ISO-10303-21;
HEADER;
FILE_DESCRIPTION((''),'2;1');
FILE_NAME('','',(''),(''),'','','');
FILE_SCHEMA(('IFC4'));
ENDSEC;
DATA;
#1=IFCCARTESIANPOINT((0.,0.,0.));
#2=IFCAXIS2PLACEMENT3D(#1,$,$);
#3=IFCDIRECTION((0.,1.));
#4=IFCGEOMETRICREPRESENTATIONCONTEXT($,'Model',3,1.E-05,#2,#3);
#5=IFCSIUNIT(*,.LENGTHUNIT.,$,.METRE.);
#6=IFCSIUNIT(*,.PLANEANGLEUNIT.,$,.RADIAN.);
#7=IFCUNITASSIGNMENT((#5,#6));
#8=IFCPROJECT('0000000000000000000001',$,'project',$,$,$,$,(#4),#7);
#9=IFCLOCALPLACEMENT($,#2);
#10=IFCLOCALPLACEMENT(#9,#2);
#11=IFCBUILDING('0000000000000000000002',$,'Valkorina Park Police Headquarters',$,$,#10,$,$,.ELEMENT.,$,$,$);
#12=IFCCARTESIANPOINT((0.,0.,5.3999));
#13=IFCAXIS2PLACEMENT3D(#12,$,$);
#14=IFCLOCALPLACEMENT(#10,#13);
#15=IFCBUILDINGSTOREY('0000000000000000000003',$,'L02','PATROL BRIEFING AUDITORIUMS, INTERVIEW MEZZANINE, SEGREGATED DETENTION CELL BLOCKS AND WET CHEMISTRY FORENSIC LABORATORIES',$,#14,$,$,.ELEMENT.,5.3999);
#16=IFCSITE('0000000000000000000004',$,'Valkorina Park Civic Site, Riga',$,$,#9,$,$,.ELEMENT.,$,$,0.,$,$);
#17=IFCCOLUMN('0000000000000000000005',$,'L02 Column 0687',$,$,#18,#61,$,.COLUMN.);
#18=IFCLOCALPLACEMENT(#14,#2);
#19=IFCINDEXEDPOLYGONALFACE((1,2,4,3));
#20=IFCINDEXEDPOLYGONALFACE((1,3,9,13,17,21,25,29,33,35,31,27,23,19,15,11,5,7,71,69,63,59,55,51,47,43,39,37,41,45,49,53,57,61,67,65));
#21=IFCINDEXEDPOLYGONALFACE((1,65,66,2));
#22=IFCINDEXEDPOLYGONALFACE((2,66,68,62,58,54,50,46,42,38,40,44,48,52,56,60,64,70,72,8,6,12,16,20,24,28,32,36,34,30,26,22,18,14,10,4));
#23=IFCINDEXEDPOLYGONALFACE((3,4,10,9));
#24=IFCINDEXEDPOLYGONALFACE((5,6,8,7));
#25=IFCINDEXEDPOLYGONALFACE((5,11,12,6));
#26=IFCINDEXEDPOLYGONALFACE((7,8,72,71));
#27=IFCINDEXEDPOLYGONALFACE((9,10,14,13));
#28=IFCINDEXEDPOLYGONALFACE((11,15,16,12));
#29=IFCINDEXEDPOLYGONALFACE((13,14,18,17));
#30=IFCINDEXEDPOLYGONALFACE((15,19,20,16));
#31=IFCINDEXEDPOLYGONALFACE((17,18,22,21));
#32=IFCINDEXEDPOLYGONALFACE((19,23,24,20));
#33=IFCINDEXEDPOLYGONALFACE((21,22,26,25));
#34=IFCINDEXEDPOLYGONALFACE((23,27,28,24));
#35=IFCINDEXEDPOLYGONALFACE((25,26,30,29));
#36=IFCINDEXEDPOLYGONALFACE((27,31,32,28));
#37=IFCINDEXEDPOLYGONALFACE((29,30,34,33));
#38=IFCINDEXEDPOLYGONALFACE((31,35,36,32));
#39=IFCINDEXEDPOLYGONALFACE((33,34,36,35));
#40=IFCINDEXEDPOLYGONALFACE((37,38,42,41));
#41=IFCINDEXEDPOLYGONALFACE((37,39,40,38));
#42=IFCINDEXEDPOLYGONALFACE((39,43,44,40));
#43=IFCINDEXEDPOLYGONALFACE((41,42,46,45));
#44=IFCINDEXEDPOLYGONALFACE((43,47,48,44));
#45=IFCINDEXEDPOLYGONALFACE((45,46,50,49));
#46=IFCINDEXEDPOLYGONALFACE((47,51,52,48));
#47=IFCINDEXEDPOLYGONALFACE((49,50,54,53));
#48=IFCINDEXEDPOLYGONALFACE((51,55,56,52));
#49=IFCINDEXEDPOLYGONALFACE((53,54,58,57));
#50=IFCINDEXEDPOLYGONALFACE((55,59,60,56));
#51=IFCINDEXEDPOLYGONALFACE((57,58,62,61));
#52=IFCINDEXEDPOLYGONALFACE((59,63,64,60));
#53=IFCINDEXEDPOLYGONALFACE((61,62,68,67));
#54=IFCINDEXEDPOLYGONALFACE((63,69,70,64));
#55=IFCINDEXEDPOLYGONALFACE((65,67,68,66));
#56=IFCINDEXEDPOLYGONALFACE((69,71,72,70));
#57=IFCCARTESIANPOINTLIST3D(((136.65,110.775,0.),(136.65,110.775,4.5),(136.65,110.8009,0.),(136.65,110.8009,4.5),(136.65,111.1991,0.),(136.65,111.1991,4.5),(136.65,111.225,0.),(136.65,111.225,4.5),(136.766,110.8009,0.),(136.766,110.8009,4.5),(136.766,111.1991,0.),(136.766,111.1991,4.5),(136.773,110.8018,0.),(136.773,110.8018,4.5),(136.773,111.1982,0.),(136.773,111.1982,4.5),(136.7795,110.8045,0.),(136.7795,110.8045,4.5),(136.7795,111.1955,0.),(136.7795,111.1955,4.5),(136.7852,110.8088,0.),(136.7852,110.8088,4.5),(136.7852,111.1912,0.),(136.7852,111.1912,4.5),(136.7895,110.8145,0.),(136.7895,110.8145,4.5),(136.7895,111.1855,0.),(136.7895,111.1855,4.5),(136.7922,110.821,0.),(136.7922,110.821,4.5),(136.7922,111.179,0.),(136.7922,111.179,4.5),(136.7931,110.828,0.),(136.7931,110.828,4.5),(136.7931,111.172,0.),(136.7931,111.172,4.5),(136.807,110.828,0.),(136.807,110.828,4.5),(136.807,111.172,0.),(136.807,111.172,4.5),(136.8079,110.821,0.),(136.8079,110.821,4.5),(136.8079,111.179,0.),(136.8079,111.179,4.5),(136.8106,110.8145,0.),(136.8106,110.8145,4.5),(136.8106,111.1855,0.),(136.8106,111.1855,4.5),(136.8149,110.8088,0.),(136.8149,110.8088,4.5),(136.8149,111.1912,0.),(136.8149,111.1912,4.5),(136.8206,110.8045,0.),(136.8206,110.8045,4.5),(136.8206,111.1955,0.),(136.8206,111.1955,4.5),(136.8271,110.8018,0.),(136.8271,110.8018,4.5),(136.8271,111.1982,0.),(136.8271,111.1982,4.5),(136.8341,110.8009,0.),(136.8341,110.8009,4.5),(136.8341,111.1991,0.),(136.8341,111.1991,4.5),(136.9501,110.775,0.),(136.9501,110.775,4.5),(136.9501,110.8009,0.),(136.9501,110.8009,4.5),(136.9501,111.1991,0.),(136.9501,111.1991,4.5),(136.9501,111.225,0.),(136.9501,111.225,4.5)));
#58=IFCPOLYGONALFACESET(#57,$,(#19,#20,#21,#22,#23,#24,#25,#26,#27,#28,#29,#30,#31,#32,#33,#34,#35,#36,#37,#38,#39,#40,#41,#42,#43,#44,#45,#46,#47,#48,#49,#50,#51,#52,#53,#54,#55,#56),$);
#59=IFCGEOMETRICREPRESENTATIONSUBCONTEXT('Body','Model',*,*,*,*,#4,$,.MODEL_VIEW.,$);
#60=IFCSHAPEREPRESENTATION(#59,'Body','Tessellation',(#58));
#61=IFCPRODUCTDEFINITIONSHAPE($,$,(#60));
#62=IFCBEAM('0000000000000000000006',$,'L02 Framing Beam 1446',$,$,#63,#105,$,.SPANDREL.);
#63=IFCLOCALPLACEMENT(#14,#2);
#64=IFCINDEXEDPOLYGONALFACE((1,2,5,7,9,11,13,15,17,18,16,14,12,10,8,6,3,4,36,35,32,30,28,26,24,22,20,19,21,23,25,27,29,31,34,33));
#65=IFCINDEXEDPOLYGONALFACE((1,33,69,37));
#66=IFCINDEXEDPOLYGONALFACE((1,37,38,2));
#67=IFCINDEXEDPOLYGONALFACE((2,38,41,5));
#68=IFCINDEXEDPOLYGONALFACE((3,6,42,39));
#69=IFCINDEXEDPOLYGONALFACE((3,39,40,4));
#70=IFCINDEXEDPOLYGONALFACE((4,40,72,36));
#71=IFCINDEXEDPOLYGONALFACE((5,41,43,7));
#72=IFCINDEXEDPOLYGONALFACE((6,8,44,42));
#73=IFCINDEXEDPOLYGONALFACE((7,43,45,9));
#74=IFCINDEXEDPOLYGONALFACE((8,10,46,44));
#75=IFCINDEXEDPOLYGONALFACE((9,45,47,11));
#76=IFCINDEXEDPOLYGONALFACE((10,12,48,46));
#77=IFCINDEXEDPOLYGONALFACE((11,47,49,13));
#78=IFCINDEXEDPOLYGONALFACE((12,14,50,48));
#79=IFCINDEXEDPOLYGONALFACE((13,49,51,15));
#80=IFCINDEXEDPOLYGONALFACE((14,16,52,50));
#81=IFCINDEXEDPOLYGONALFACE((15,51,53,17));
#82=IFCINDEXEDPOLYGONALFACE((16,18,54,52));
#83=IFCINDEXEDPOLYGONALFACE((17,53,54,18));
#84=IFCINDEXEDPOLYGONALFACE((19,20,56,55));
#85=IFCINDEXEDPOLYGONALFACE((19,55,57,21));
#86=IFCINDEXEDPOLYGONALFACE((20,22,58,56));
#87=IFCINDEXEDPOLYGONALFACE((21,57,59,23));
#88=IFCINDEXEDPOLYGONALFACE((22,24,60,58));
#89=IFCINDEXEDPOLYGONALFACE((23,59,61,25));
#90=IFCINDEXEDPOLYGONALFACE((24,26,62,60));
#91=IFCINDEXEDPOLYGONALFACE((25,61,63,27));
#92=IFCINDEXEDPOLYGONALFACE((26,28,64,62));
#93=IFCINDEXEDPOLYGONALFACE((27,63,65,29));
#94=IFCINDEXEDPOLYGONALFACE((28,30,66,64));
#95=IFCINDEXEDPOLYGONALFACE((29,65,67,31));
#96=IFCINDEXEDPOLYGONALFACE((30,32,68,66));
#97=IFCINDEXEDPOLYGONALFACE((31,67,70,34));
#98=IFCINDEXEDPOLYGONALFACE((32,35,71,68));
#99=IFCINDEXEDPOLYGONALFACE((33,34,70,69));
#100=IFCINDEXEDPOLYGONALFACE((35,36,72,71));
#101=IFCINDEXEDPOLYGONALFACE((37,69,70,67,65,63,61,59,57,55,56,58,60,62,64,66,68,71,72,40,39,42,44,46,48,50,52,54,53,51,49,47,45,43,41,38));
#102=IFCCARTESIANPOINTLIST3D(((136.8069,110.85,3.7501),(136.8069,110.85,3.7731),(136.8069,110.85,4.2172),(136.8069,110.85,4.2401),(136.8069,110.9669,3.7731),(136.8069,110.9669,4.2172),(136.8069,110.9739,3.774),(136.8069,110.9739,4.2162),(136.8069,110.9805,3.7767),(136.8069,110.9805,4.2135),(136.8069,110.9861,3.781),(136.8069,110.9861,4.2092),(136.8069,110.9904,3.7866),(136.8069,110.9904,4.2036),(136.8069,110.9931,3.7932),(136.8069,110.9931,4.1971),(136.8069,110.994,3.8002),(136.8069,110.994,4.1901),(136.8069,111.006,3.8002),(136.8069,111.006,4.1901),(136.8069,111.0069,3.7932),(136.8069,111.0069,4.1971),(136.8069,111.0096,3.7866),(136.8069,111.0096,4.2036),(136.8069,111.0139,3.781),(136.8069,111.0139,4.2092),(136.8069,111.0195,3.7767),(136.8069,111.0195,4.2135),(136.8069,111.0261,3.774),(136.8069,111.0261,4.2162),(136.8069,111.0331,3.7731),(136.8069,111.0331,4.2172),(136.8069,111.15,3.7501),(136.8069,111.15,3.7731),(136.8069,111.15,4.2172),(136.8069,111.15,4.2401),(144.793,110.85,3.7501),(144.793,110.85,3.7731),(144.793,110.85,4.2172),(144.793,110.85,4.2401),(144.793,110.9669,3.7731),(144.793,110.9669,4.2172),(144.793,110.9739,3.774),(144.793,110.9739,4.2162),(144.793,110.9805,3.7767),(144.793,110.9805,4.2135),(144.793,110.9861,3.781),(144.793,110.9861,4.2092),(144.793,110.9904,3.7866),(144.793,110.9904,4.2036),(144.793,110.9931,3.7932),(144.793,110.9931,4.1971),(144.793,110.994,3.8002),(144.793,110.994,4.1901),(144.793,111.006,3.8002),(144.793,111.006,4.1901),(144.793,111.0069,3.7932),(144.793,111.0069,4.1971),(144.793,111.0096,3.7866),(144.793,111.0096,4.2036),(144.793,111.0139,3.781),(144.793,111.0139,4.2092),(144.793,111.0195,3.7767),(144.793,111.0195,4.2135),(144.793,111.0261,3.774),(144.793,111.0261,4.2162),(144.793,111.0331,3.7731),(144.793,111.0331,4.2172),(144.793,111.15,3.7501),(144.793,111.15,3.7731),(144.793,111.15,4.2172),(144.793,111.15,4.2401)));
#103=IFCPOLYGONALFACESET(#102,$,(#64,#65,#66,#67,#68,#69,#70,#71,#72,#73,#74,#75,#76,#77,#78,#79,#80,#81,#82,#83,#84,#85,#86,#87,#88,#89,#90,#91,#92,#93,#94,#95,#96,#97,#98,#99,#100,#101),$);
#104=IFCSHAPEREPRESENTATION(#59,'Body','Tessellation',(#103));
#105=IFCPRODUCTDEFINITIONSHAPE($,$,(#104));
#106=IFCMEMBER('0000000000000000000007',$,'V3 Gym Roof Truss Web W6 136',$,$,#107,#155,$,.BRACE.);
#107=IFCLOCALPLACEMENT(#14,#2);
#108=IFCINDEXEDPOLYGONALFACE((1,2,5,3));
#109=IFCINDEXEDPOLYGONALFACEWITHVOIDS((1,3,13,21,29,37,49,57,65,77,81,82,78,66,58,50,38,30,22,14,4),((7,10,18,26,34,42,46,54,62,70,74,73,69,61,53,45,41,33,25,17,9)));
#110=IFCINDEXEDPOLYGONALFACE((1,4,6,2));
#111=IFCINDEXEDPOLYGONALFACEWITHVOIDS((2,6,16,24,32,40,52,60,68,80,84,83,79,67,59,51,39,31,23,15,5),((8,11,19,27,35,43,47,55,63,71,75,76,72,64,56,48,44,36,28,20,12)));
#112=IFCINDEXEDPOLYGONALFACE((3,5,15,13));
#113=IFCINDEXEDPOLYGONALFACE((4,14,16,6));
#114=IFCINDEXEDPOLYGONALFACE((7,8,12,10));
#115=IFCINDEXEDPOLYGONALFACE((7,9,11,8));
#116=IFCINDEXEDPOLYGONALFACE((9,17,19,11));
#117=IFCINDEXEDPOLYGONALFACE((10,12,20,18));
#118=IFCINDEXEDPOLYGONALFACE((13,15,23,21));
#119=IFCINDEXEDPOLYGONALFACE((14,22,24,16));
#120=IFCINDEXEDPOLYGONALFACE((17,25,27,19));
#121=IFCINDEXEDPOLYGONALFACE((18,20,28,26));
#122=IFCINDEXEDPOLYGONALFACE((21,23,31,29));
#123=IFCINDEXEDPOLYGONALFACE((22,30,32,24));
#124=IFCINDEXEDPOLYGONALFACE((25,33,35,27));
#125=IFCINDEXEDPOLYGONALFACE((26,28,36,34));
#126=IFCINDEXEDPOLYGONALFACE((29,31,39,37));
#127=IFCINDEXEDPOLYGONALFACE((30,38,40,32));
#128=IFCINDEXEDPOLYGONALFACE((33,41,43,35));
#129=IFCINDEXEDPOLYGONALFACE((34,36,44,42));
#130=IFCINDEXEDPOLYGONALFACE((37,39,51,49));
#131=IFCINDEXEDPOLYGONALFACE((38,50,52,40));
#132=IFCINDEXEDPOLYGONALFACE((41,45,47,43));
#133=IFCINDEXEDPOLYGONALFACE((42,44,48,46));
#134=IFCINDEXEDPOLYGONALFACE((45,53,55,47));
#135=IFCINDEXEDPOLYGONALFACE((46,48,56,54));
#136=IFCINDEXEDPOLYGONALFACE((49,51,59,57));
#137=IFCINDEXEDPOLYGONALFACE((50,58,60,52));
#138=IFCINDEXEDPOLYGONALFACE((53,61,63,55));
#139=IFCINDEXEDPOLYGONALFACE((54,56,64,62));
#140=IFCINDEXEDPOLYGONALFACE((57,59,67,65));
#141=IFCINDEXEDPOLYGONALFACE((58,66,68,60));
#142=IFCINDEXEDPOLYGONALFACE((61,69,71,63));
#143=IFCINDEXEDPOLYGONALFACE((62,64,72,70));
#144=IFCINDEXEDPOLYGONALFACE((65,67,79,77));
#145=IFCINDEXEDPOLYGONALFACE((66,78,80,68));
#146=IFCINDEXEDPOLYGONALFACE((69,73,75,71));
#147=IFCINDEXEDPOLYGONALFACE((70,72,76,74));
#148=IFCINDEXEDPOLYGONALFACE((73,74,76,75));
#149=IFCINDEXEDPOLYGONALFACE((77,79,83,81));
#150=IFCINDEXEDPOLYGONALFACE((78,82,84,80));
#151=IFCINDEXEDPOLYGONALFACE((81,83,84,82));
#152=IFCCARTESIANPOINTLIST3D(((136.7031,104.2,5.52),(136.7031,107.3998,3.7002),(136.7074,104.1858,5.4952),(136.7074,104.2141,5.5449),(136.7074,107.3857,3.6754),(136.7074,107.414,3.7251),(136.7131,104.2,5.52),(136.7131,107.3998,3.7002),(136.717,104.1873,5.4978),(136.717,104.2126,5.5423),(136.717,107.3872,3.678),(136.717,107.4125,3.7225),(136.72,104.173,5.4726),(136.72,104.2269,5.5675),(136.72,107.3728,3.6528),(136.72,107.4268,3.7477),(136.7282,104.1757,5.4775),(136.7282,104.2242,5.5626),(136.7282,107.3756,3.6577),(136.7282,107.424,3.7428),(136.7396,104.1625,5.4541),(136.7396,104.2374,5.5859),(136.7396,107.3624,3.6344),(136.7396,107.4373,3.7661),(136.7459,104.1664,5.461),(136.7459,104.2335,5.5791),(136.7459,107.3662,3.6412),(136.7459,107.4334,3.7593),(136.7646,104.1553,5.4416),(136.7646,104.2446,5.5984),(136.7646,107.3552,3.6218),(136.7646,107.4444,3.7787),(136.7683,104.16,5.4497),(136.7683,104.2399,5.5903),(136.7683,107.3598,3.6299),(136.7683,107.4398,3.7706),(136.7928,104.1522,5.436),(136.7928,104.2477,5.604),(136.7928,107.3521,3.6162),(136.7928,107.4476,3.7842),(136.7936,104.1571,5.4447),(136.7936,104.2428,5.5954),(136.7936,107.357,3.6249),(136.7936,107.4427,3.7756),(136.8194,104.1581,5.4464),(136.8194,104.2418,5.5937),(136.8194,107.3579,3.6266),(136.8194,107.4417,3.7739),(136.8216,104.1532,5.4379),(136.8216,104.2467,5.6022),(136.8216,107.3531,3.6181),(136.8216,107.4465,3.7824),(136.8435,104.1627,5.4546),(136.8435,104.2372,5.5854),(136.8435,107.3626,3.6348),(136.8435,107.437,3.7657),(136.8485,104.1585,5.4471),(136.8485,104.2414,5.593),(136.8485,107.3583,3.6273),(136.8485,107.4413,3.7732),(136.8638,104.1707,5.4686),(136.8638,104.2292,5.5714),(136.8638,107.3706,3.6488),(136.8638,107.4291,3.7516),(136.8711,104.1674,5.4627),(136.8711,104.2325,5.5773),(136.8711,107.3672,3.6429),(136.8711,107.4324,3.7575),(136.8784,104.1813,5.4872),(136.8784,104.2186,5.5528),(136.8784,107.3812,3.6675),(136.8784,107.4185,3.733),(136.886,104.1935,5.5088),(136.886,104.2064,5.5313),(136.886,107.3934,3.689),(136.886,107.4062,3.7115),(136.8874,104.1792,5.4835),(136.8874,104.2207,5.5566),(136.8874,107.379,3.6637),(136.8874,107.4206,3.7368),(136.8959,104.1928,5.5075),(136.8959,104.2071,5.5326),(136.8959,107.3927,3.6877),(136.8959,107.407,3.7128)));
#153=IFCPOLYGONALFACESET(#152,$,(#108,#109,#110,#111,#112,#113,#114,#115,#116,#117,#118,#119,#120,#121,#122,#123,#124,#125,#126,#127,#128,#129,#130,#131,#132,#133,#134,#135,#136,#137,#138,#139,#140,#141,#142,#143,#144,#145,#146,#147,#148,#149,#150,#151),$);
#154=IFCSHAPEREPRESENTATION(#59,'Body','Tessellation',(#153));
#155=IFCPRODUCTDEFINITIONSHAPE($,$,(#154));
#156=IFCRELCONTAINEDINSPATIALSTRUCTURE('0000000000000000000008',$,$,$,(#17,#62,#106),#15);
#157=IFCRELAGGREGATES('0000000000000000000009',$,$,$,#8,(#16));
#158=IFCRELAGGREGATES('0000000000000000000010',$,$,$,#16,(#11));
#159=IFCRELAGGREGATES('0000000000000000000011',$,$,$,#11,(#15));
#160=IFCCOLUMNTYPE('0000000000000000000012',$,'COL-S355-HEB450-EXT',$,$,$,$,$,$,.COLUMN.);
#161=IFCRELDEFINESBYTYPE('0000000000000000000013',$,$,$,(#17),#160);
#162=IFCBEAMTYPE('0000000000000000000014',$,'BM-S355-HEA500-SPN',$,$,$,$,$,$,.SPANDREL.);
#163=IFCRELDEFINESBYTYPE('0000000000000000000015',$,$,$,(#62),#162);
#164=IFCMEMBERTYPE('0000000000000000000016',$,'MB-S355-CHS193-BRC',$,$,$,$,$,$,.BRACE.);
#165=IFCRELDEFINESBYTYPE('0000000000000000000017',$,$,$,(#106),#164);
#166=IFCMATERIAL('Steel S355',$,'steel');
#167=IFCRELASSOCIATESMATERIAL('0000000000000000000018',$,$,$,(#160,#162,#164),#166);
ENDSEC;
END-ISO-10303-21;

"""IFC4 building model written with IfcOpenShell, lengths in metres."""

from ifc_helpers import new_model, si_unit, direction, frame, origin, origin_2d, place, context, subcontext, project, spatial, hollow_circle, i_section, extrude, material, material_profile, profile_set, type_object, element, save


model = new_model("IFC4")

# Units and contexts
model_context = context("Model", 3, precision=1e-05, world=origin(), true_north=direction((0.0, 1.0)))
body_context = subcontext(model_context, "Body", "Model", "MODEL_VIEW")
ifc_project = project(units=[si_unit("LENGTHUNIT", "METRE"), si_unit("PLANEANGLEUNIT", "RADIAN")], contexts=[model_context])

# Site, building, storey
site_placement = place(None, origin())
site = spatial("IfcSite", under=ifc_project, at=site_placement, Name="Valkorina Park Civic Site, Riga", CompositionType="ELEMENT", RefElevation=0.0)
building_placement = place(site_placement, origin())
building = spatial("IfcBuilding", under=site, at=building_placement, Name="Valkorina Park Police Headquarters", CompositionType="ELEMENT")
storey_placement = place(building_placement, frame((0.0, 0.0, 5.3999)))
storey = spatial("IfcBuildingStorey", under=building, at=storey_placement, Name="L02", Description="PATROL BRIEFING AUDITORIUMS, INTERVIEW MEZZANINE, SEGREGATED DETENTION CELL BLOCKS AND WET CHEMISTRY FORENSIC LABORATORIES", CompositionType="ELEMENT", Elevation=5.3999)

# Column
ifc_material_1 = material(Name="Steel S355", Category="steel")
ifc_material_profile_1 = material_profile(ifc_material_1, i_section(OverallWidth=0.3, OverallDepth=0.45, WebThickness=0.0139, FlangeThickness=0.0259, FilletRadius=0.0271, at=origin_2d()), Name="HEB 450")
ifc_profile_set_1 = profile_set([ifc_material_profile_1], Name="Steel S355")
column_type = type_object("IfcColumnType", Name="COL-S355-HEB450-EXT", PredefinedType="COLUMN", material=ifc_profile_set_1)
column_placement = place(storey_placement, frame((136.8, 111.0, 0.0), z_axis=(0.0, 0.0, 1.0), x_axis=(1.0, 0.0, 0.0)))
element("IfcColumn", 1, at=column_placement, inside=storey, type_object=column_type, Name="L02 Column 0687", PredefinedType="COLUMN", context=body_context, shape_type="SweptSolid", body=[
    extrude(i_section(OverallWidth=0.3, OverallDepth=0.45, WebThickness=0.0139, FlangeThickness=0.0259, FilletRadius=0.0271, at=origin_2d()), origin(), (0.0, 0.0, 1.0), 4.5),
])

# Beam
ifc_material_profile_2 = material_profile(ifc_material_1, i_section(OverallWidth=0.3, OverallDepth=0.49, WebThickness=0.012, FlangeThickness=0.0229, FilletRadius=0.0271, at=origin_2d()), Name="HEA 500")
ifc_profile_set_2 = profile_set([ifc_material_profile_2], Name="Steel S355")
beam_type = type_object("IfcBeamType", Name="BM-S355-HEA500-SPN", PredefinedType="SPANDREL", material=ifc_profile_set_2)
beam_placement = place(storey_placement, frame((136.8069, 111.0, 3.9951), z_axis=(1.0, 0.0, 0.0), x_axis=(0.0, 1.0, 0.0)))
element("IfcBeam", 2, at=beam_placement, inside=storey, type_object=beam_type, Name="L02 Framing Beam 1446", PredefinedType="SPANDREL", context=body_context, shape_type="SweptSolid", body=[
    extrude(i_section(OverallWidth=0.3, OverallDepth=0.49, WebThickness=0.012, FlangeThickness=0.0229, FilletRadius=0.0271, at=origin_2d()), origin(), (0.0, 0.0, 1.0), 7.9861),
])

# Member
ifc_material_profile_3 = material_profile(ifc_material_1, hollow_circle(Radius=0.0969, WallThickness=0.01, at=origin_2d()), Name="CHS 193.7x10")
ifc_profile_set_3 = profile_set([ifc_material_profile_3], Name="Steel S355")
member_type_1 = type_object("IfcMemberType", Name="MB-S355-CHS193-BRC", PredefinedType="BRACE", material=ifc_profile_set_3)
member_1_placement = place(storey_placement, frame((136.8, 104.2, 5.52), z_axis=(0.0, 0.869262, -0.494352), x_axis=(-1.0, 0.0, 0.0)))
element("IfcMember", 3, at=member_1_placement, inside=storey, type_object=member_type_1, Name="V3 Gym Roof Truss Web W6 136", PredefinedType="BRACE", context=body_context, shape_type="SweptSolid", body=[
    extrude(hollow_circle(Radius=0.0969, WallThickness=0.01, at=origin_2d()), origin(), (0.0, 0.0, 1.0), 3.6812),
])

save(model, "model.ifc")
